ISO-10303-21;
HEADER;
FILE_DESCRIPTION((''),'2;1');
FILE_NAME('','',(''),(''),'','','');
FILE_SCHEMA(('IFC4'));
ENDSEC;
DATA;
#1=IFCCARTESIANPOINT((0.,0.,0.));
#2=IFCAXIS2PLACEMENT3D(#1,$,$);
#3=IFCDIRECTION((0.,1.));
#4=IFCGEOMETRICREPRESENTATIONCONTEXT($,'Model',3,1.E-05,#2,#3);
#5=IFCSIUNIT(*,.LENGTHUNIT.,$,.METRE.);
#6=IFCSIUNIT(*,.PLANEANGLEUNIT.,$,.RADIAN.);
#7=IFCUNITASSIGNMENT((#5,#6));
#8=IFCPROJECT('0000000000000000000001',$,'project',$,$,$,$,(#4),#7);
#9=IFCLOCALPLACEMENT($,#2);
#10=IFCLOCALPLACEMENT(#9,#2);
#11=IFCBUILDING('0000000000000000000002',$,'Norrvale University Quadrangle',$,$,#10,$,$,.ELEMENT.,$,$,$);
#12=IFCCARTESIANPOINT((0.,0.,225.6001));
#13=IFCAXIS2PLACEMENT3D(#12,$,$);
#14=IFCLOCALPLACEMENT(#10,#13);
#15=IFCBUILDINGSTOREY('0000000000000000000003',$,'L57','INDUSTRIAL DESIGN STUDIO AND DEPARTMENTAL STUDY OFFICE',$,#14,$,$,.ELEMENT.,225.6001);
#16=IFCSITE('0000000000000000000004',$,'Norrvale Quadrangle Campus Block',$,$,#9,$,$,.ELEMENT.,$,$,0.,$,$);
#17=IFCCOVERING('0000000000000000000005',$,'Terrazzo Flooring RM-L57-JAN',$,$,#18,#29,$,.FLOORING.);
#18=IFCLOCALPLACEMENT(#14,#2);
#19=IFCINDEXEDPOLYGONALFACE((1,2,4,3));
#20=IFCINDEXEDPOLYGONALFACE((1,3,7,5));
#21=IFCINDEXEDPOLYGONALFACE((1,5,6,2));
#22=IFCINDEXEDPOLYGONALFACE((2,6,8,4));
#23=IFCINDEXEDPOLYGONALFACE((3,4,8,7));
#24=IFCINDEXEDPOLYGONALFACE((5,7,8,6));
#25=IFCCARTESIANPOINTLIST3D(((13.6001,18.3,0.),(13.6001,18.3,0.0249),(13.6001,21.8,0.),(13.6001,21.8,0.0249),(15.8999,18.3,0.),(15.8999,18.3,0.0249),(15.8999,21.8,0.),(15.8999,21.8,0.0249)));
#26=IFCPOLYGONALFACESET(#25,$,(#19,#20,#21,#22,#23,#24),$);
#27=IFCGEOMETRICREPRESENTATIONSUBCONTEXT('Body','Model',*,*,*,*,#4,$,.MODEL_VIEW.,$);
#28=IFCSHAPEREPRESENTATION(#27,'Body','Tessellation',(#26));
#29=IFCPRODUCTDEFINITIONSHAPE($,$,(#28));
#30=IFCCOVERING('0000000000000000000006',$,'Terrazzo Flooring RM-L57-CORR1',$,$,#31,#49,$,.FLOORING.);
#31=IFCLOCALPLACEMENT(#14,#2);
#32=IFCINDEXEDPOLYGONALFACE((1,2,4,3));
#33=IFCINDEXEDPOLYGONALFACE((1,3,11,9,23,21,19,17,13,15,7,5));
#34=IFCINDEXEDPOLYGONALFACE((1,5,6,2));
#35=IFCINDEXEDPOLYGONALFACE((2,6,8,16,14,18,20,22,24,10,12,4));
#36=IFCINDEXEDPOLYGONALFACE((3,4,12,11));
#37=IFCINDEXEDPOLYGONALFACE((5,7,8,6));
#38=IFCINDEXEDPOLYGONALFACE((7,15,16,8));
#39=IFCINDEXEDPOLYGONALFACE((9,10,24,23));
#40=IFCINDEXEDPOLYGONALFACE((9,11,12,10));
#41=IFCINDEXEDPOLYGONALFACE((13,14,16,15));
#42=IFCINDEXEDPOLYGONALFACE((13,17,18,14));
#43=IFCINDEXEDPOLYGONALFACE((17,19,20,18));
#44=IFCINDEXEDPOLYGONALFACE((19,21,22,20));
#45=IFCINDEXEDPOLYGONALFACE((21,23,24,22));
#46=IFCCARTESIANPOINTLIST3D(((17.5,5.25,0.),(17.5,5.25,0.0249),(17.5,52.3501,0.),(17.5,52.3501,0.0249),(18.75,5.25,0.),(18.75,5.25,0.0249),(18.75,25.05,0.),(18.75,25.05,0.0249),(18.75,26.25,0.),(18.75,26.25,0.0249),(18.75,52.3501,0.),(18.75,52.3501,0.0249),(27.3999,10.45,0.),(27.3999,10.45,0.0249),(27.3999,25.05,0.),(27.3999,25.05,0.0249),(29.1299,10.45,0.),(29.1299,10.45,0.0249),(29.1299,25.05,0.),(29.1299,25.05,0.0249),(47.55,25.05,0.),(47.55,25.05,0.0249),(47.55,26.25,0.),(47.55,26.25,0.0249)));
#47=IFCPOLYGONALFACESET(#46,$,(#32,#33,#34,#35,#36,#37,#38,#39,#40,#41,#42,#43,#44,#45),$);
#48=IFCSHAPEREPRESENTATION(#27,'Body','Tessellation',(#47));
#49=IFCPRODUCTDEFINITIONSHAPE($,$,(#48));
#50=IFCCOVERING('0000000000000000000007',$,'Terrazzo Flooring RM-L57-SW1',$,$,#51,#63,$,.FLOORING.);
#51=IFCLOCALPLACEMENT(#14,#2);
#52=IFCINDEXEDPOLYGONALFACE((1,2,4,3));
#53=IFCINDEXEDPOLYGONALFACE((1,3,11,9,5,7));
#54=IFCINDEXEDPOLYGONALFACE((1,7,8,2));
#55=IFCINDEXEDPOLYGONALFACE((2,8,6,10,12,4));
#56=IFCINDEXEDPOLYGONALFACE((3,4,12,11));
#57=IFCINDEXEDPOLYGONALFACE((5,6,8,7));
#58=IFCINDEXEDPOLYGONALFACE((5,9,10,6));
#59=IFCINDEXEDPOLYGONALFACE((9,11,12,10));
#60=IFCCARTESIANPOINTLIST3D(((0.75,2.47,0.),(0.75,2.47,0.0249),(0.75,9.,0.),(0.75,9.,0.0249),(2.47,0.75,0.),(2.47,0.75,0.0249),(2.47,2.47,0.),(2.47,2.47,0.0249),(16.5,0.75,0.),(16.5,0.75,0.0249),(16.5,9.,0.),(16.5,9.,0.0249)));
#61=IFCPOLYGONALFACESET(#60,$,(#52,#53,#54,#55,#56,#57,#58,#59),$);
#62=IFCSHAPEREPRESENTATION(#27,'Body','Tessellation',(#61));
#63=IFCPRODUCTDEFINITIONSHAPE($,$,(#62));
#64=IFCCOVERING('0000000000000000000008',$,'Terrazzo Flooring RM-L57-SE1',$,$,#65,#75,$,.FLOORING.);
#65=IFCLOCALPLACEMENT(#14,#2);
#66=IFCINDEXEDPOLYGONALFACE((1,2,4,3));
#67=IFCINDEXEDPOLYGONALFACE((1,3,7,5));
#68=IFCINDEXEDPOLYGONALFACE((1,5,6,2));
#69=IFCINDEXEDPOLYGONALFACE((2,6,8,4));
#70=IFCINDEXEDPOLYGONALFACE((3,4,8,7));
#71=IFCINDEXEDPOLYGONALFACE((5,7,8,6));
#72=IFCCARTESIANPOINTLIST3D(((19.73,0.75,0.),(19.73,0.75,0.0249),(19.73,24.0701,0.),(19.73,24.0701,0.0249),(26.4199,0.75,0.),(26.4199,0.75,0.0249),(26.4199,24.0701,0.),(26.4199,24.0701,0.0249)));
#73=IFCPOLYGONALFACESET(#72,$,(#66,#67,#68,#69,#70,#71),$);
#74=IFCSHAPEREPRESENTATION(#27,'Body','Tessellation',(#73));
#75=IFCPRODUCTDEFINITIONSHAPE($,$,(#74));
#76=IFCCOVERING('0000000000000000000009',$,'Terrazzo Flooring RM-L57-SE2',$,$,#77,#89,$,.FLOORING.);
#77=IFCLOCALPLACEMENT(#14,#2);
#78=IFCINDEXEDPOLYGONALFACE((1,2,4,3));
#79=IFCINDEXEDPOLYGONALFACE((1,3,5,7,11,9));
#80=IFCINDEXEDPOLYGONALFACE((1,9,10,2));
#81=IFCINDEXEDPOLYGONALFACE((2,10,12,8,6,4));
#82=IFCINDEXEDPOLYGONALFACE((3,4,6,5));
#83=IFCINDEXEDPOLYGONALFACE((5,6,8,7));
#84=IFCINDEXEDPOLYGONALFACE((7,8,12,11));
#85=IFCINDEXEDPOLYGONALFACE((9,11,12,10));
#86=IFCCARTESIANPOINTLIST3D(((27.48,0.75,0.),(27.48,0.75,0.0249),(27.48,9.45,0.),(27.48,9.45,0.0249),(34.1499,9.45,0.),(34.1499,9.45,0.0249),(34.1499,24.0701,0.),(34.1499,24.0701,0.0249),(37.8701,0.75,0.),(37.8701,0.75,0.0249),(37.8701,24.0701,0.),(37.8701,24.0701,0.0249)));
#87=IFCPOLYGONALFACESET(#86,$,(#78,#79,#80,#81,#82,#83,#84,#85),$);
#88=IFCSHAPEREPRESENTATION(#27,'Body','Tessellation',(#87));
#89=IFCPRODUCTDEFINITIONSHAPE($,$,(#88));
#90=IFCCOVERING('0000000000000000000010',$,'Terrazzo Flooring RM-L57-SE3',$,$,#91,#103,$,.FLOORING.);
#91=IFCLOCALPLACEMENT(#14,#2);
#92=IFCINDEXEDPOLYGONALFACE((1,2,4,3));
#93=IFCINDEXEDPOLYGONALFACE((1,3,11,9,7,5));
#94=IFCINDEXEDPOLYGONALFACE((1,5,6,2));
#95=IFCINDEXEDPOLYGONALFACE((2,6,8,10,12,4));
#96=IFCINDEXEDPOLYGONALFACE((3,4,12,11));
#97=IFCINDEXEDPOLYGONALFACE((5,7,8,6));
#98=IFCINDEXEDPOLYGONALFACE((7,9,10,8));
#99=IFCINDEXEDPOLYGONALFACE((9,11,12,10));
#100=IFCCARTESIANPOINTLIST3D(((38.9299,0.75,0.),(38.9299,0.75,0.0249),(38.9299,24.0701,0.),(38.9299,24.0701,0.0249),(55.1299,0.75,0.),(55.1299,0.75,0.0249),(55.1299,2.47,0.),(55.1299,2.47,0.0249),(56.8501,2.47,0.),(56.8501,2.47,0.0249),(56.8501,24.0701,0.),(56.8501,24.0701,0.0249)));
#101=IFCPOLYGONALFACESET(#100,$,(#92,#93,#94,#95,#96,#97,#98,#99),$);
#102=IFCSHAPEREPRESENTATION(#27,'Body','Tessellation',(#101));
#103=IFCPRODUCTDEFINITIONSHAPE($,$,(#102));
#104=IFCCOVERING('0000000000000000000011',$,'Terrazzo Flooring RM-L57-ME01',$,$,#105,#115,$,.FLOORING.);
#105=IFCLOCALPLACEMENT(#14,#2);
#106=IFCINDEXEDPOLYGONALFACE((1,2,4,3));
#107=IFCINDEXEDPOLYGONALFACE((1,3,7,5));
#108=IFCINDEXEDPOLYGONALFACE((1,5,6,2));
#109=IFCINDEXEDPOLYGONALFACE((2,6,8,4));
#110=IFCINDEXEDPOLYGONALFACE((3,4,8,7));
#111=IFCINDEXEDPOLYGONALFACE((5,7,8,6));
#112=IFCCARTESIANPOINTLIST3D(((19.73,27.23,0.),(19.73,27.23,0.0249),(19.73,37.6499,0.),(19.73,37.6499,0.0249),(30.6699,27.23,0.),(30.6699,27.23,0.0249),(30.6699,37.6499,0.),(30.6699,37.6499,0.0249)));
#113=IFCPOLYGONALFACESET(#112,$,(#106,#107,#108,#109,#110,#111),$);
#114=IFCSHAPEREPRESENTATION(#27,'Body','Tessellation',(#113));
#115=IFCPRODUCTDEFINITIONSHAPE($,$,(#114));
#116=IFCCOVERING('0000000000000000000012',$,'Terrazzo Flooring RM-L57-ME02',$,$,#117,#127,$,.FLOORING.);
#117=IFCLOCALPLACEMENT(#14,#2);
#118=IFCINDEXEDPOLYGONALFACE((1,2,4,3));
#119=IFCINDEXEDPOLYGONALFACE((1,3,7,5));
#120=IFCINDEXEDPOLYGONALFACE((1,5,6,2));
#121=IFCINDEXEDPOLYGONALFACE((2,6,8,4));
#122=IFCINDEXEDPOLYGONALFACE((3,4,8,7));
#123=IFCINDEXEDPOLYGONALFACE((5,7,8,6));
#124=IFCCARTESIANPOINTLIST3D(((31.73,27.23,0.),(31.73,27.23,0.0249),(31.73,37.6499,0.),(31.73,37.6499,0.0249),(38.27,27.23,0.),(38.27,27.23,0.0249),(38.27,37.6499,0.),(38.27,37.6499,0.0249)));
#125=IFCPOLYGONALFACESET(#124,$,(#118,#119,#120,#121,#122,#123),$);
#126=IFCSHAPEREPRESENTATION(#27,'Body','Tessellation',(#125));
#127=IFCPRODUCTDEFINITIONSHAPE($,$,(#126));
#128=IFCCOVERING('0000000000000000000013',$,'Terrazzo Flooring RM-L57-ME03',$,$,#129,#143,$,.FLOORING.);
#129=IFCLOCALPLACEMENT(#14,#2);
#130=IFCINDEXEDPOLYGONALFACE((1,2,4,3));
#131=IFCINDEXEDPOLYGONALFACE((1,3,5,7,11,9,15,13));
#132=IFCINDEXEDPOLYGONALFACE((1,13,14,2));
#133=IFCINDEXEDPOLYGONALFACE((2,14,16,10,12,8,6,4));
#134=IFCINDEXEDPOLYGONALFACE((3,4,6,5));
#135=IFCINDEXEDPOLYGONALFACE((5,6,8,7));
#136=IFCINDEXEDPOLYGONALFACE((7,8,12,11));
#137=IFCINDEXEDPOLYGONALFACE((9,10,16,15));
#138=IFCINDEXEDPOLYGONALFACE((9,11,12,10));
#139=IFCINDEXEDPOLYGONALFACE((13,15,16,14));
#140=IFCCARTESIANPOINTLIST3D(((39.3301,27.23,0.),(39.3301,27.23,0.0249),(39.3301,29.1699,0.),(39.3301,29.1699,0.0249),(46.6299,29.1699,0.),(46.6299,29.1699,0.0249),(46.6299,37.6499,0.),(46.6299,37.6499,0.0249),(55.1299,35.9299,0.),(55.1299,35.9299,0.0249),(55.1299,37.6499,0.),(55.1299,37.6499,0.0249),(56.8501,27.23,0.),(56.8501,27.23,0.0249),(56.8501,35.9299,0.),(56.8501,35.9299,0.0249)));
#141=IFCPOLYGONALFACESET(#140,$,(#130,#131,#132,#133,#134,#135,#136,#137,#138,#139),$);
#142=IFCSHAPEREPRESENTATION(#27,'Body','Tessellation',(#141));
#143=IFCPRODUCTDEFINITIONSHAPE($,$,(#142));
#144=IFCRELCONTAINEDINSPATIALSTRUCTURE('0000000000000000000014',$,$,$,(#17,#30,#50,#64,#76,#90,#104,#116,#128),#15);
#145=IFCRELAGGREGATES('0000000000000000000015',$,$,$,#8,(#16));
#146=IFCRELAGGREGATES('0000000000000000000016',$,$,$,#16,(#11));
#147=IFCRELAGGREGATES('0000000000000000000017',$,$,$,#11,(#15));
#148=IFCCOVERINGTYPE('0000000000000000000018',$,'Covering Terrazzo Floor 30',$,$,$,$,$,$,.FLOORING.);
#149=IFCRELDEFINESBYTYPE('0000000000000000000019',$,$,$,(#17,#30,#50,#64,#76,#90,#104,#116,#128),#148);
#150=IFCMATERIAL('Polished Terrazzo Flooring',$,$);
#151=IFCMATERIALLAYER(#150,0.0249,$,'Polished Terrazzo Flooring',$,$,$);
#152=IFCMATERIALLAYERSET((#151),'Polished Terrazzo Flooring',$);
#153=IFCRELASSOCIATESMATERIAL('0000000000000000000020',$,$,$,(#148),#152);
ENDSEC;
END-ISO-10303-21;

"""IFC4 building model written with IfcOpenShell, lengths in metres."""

from ifc_helpers import new_model, si_unit, direction, frame, origin, place, context, subcontext, project, spatial, polyline, outline, extrude, material, layer, layer_set, type_object, element, save


model = new_model("IFC4")

# Units and contexts
model_context = context("Model", 3, precision=1e-05, world=origin(), true_north=direction((0.0, 1.0)))
body_context = subcontext(model_context, "Body", "Model", "MODEL_VIEW")
ifc_project = project(units=[si_unit("LENGTHUNIT", "METRE"), si_unit("PLANEANGLEUNIT", "RADIAN")], contexts=[model_context])

# Site, building, storey
site_placement = place(None, origin())
site = spatial("IfcSite", under=ifc_project, at=site_placement, Name="Norrvale Quadrangle Campus Block", CompositionType="ELEMENT", RefElevation=0.0)
building_placement = place(site_placement, origin())
building = spatial("IfcBuilding", under=site, at=building_placement, Name="Norrvale University Quadrangle", CompositionType="ELEMENT")
storey_placement = place(building_placement, frame((0.0, 0.0, 225.6001)))
storey = spatial("IfcBuildingStorey", under=building, at=storey_placement, Name="L57", Description="INDUSTRIAL DESIGN STUDIO AND DEPARTMENTAL STUDY OFFICE", CompositionType="ELEMENT", Elevation=225.6001)

# Coverings
ifc_material_1 = material(Name="Polished Terrazzo Flooring")
ifc_layer_1 = layer(ifc_material_1, 0.0249, Name="Polished Terrazzo Flooring")
ifc_layer_set_1 = layer_set([ifc_layer_1], Name="Polished Terrazzo Flooring")
covering_type_1 = type_object("IfcCoveringType", Name="Covering Terrazzo Floor 30", PredefinedType="FLOORING", material=ifc_layer_set_1)
covering_1_placement = place(storey_placement, origin())
element("IfcCovering", 1, at=covering_1_placement, inside=storey, type_object=covering_type_1, Name="Terrazzo Flooring RM-L57-JAN", PredefinedType="FLOORING", context=body_context, shape_type="SweptSolid", body=[
    extrude(outline(polyline([(13.6001, 18.3), (13.6001, 21.8), (15.8999, 21.8), (15.8999, 18.3), (13.6001, 18.3)])), origin(), (0.0, 0.0, 1.0), 0.0249),
])
covering_2_placement = place(storey_placement, origin())
element("IfcCovering", 2, at=covering_2_placement, inside=storey, type_object=covering_type_1, Name="Terrazzo Flooring RM-L57-CORR1", PredefinedType="FLOORING", context=body_context, shape_type="SweptSolid", body=[
    extrude(outline(polyline([(17.5, 5.25), (17.5, 52.3501), (18.75, 52.3501), (18.75, 26.25), (47.55, 26.25), (47.55, 25.05), (29.1299, 25.05), (29.1299, 10.45), (27.3999, 10.45), (27.3999, 25.05), (18.75, 25.05), (18.75, 5.25), (17.5, 5.25)])), origin(), (0.0, 0.0, 1.0), 0.0249),
])
covering_3_placement = place(storey_placement, origin())
element("IfcCovering", 3, at=covering_3_placement, inside=storey, type_object=covering_type_1, Name="Terrazzo Flooring RM-L57-SW1", PredefinedType="FLOORING", context=body_context, shape_type="SweptSolid", body=[
    extrude(outline(polyline([(16.5, 9.0), (16.5, 0.75), (2.47, 0.75), (2.47, 2.47), (0.75, 2.47), (0.75, 9.0), (16.5, 9.0)])), origin(), (0.0, 0.0, 1.0), 0.0249),
])
covering_4_placement = place(storey_placement, origin())
element("IfcCovering", 4, at=covering_4_placement, inside=storey, type_object=covering_type_1, Name="Terrazzo Flooring RM-L57-SE1", PredefinedType="FLOORING", context=body_context, shape_type="SweptSolid", body=[
    extrude(outline(polyline([(26.4199, 24.0701), (26.4199, 0.75), (19.73, 0.75), (19.73, 24.0701), (26.4199, 24.0701)])), origin(), (0.0, 0.0, 1.0), 0.0249),
])
covering_5_placement = place(storey_placement, origin())
element("IfcCovering", 5, at=covering_5_placement, inside=storey, type_object=covering_type_1, Name="Terrazzo Flooring RM-L57-SE2", PredefinedType="FLOORING", context=body_context, shape_type="SweptSolid", body=[
    extrude(outline(polyline([(34.1499, 9.45), (34.1499, 24.0701), (37.8701, 24.0701), (37.8701, 0.75), (27.48, 0.75), (27.48, 9.45), (34.1499, 9.45)])), origin(), (0.0, 0.0, 1.0), 0.0249),
])
covering_6_placement = place(storey_placement, origin())
element("IfcCovering", 6, at=covering_6_placement, inside=storey, type_object=covering_type_1, Name="Terrazzo Flooring RM-L57-SE3", PredefinedType="FLOORING", context=body_context, shape_type="SweptSolid", body=[
    extrude(outline(polyline([(38.9299, 24.0701), (56.8501, 24.0701), (56.8501, 2.47), (55.1299, 2.47), (55.1299, 0.75), (38.9299, 0.75), (38.9299, 24.0701)])), origin(), (0.0, 0.0, 1.0), 0.0249),
])
covering_7_placement = place(storey_placement, origin())
element("IfcCovering", 7, at=covering_7_placement, inside=storey, type_object=covering_type_1, Name="Terrazzo Flooring RM-L57-ME01", PredefinedType="FLOORING", context=body_context, shape_type="SweptSolid", body=[
    extrude(outline(polyline([(30.6699, 37.6499), (30.6699, 27.23), (19.73, 27.23), (19.73, 37.6499), (30.6699, 37.6499)])), origin(), (0.0, 0.0, 1.0), 0.0249),
])
covering_8_placement = place(storey_placement, origin())
element("IfcCovering", 8, at=covering_8_placement, inside=storey, type_object=covering_type_1, Name="Terrazzo Flooring RM-L57-ME02", PredefinedType="FLOORING", context=body_context, shape_type="SweptSolid", body=[
    extrude(outline(polyline([(38.27, 37.6499), (38.27, 27.23), (31.73, 27.23), (31.73, 37.6499), (38.27, 37.6499)])), origin(), (0.0, 0.0, 1.0), 0.0249),
])
covering_9_placement = place(storey_placement, origin())
element("IfcCovering", 9, at=covering_9_placement, inside=storey, type_object=covering_type_1, Name="Terrazzo Flooring RM-L57-ME03", PredefinedType="FLOORING", context=body_context, shape_type="SweptSolid", body=[
    extrude(outline(polyline([(39.3301, 27.23), (39.3301, 29.1699), (46.6299, 29.1699), (46.6299, 37.6499), (55.1299, 37.6499), (55.1299, 35.9299), (56.8501, 35.9299), (56.8501, 27.23), (39.3301, 27.23)])), origin(), (0.0, 0.0, 1.0), 0.0249),
])

save(model, "model.ifc")
